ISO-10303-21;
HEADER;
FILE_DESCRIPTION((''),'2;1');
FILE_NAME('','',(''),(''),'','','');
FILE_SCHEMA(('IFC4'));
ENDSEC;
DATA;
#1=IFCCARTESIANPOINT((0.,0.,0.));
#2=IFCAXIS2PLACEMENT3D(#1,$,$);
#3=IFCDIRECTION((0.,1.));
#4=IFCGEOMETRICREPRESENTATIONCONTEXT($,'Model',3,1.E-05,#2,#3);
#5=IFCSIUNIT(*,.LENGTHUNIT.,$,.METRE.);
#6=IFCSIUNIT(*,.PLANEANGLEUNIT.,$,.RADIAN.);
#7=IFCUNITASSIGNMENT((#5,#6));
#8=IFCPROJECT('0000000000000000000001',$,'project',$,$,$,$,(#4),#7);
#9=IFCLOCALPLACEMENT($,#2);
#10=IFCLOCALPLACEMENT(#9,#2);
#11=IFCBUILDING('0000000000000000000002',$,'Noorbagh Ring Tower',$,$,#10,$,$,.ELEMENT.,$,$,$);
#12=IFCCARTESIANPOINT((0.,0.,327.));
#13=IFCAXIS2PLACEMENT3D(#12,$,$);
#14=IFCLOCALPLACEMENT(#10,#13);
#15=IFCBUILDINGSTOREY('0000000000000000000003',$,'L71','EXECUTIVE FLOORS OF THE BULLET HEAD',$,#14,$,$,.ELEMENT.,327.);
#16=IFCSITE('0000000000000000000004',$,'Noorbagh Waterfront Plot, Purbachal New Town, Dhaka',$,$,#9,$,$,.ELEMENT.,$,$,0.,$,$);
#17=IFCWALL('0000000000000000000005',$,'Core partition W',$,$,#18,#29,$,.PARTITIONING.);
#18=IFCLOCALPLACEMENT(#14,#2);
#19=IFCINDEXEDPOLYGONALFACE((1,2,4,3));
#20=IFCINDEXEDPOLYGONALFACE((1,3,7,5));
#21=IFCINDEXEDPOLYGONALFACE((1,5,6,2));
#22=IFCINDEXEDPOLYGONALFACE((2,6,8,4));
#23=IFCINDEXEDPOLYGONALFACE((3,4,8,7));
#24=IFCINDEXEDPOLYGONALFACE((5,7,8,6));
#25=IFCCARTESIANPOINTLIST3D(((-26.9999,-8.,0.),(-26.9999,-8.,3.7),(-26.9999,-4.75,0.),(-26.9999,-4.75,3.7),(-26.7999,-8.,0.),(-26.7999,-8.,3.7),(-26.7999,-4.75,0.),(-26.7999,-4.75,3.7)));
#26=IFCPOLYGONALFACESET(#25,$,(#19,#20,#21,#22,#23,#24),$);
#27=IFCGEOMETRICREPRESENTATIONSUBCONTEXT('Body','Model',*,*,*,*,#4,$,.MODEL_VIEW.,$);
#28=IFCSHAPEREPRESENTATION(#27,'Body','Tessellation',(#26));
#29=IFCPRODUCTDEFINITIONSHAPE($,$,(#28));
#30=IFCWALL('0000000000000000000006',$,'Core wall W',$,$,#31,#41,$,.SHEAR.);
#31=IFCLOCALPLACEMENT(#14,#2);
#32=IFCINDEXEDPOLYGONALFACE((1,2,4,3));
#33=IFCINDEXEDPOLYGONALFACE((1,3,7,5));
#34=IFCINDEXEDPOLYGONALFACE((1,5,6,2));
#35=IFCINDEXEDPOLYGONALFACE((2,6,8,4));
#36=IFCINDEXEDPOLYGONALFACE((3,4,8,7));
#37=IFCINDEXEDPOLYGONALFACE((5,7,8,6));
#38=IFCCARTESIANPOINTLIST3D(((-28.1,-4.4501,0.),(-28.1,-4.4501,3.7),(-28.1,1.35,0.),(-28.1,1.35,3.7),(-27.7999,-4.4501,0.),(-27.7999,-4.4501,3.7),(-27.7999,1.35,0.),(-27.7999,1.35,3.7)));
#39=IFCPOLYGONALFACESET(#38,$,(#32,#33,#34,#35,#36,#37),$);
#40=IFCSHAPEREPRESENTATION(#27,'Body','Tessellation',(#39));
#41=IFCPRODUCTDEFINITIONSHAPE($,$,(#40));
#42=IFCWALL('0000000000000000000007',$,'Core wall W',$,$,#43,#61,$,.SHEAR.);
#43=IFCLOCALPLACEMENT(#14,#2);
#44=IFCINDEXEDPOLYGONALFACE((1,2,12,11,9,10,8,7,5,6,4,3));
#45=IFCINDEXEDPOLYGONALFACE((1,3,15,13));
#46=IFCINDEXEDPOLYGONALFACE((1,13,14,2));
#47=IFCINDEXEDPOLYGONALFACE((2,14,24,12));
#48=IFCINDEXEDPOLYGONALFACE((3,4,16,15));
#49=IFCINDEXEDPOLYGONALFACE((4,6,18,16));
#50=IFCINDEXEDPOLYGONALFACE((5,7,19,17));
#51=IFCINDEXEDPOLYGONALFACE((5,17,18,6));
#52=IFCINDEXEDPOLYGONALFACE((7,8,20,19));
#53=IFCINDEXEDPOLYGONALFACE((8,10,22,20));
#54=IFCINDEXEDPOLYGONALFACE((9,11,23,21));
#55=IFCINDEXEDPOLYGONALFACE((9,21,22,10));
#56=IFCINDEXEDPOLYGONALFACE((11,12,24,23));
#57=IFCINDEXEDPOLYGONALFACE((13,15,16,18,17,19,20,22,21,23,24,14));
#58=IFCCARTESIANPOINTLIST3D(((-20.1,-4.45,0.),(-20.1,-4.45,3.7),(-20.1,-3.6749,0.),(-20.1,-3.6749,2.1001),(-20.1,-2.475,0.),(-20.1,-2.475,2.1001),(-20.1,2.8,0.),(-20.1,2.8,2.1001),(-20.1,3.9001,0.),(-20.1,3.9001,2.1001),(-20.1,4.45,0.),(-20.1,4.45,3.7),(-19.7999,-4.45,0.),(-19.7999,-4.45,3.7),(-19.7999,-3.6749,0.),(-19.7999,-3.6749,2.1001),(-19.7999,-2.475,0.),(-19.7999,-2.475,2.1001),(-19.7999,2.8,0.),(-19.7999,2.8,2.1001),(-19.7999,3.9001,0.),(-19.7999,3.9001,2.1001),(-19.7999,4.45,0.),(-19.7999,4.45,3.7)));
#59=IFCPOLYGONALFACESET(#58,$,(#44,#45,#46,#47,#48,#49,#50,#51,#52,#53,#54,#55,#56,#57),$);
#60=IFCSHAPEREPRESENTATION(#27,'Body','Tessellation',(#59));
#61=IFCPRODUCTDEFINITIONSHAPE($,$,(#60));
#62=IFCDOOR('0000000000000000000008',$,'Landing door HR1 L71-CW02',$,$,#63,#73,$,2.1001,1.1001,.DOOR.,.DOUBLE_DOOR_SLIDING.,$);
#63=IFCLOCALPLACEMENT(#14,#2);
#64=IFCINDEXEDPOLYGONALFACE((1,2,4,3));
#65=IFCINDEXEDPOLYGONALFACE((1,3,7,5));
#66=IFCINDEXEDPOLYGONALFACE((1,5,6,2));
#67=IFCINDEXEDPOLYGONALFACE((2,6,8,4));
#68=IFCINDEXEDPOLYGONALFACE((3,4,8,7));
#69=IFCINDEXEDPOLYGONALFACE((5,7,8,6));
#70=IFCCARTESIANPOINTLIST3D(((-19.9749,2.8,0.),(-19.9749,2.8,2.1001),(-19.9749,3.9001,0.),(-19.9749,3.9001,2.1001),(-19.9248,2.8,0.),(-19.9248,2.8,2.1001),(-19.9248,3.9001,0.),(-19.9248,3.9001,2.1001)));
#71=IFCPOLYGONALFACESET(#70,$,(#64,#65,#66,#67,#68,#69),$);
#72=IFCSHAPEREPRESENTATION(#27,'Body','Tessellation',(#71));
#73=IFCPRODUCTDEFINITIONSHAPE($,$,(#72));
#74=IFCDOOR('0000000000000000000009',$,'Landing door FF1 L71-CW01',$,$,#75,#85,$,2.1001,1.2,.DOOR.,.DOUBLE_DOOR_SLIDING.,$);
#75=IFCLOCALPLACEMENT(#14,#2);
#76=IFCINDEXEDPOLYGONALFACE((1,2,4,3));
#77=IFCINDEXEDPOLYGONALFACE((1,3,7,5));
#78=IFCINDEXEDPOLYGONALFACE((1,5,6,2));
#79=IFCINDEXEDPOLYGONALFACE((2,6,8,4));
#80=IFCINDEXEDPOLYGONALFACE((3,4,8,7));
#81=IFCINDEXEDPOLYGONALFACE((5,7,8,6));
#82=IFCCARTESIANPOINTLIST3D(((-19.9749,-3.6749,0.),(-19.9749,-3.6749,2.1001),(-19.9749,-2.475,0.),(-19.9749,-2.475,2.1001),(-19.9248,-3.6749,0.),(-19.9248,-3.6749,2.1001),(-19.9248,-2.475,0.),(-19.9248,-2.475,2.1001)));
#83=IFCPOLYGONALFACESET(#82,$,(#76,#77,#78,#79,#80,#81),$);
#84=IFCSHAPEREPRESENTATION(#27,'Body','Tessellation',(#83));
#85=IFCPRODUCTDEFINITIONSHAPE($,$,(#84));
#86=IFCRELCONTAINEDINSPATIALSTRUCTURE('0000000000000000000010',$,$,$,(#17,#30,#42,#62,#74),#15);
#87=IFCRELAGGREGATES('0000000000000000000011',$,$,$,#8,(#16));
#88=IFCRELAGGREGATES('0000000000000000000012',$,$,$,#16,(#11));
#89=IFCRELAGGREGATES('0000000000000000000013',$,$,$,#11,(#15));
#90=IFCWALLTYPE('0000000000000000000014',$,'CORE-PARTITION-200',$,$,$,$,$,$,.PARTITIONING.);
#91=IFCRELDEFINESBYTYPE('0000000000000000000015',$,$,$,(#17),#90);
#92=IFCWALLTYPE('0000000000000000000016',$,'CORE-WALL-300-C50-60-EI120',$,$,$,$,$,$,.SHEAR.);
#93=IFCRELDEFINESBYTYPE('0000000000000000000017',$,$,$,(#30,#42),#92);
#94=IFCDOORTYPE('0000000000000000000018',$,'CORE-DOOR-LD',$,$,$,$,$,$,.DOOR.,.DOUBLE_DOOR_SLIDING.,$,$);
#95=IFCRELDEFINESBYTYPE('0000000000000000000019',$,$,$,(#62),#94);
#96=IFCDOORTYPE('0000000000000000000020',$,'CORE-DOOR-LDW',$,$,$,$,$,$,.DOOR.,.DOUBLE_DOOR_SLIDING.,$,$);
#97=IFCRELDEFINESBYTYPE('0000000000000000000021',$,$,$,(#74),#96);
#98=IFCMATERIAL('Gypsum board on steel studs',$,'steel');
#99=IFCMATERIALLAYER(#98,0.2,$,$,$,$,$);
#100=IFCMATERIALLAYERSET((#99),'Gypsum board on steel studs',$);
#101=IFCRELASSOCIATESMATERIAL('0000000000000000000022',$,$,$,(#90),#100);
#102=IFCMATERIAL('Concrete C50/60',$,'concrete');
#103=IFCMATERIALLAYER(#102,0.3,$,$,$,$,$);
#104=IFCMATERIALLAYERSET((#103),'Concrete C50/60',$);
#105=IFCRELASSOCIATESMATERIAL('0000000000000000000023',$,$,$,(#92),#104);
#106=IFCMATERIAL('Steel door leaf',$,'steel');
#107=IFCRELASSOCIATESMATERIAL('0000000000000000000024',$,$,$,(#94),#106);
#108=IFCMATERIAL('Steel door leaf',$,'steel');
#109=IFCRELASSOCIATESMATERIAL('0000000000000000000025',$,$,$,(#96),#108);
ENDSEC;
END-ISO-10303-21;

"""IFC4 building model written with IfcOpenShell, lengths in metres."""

from ifc_helpers import new_model, si_unit, direction, frame, frame_2d, origin, place, context, subcontext, project, spatial, rectangle, extrude, material, layer, layer_set, type_object, element, fill, save


model = new_model("IFC4")

# Units and contexts
model_context = context("Model", 3, precision=1e-05, world=origin(), true_north=direction((0.0, 1.0)))
body_context = subcontext(model_context, "Body", "Model", "MODEL_VIEW")
ifc_project = project(units=[si_unit("LENGTHUNIT", "METRE"), si_unit("PLANEANGLEUNIT", "RADIAN")], contexts=[model_context])

# Site, building, storey
site_placement = place(None, origin())
site = spatial("IfcSite", under=ifc_project, at=site_placement, Name="Noorbagh Waterfront Plot, Purbachal New Town, Dhaka", CompositionType="ELEMENT", RefElevation=0.0)
building_placement = place(site_placement, origin())
building = spatial("IfcBuilding", under=site, at=building_placement, Name="Noorbagh Ring Tower", CompositionType="ELEMENT")
storey_placement = place(building_placement, frame((0.0, 0.0, 327.0)))
storey = spatial("IfcBuildingStorey", under=building, at=storey_placement, Name="L71", Description="EXECUTIVE FLOORS OF THE BULLET HEAD", CompositionType="ELEMENT", Elevation=327.0)

# Walls
ifc_material_1 = material(Name="Gypsum board on steel studs", Category="steel")
ifc_layer_1 = layer(ifc_material_1, 0.2)
ifc_layer_set_1 = layer_set([ifc_layer_1], Name="Gypsum board on steel studs")
wall_type_1 = type_object("IfcWallType", Name="CORE-PARTITION-200", PredefinedType="PARTITIONING", material=ifc_layer_set_1)
wall_1_placement = place(storey_placement, frame((-26.8999, -8.0, 0.0), z_axis=(0.0, 0.0, 1.0), x_axis=(0.0, 1.0, 0.0)))
element("IfcWall", 1, at=wall_1_placement, inside=storey, type_object=wall_type_1, Name="Core partition W", PredefinedType="PARTITIONING", context=body_context, shape_type="SweptSolid", body=[
    extrude(rectangle(XDim=3.25, YDim=0.2, at=frame_2d((1.625, 0.0))), origin(), (0.0, 0.0, 1.0), 3.7),
])
ifc_material_2 = material(Name="Concrete C50/60", Category="concrete")
ifc_layer_2 = layer(ifc_material_2, 0.3)
ifc_layer_set_2 = layer_set([ifc_layer_2], Name="Concrete C50/60")
wall_type_2 = type_object("IfcWallType", Name="CORE-WALL-300-C50-60-EI120", PredefinedType="SHEAR", material=ifc_layer_set_2)
wall_2_placement = place(storey_placement, frame((-27.95, -4.45, 0.0), z_axis=(0.0, 0.0, 1.0), x_axis=(0.0, 1.0, 0.0)))
element("IfcWall", 2, at=wall_2_placement, inside=storey, type_object=wall_type_2, Name="Core wall W", PredefinedType="SHEAR", context=body_context, shape_type="SweptSolid", body=[
    extrude(rectangle(XDim=5.8, YDim=0.3, at=frame_2d((2.8999, 0.0))), origin(), (0.0, 0.0, 1.0), 3.7),
])

# Wall, openings, doors
wall_3_placement = place(storey_placement, frame((-19.95, -4.45, 0.0), z_axis=(0.0, 0.0, 1.0), x_axis=(0.0, 1.0, 0.0)))
wall_3 = element("IfcWall", 3, at=wall_3_placement, inside=storey, type_object=wall_type_2, Name="Core wall W", PredefinedType="SHEAR", context=body_context, shape_type="SweptSolid", body=[
    extrude(rectangle(XDim=8.8999, YDim=0.3, at=frame_2d((4.45, 0.0))), origin(), (0.0, 0.0, 1.0), 3.7),
])
opening_1_placement = place(wall_3_placement, frame((0.7749, 0.0, 0.0)))
opening_1 = element("IfcOpeningElement", 4, at=opening_1_placement, cuts=wall_3, PredefinedType="OPENING", context=body_context, shape_type="SweptSolid", body=[
    extrude(rectangle(XDim=1.2, YDim=2.1001, at=frame_2d((0.6001, 1.05))), frame((0.0, 0.1602, 0.0), z_axis=(0.0, -1.0, 0.0), x_axis=(1.0, 0.0, 0.0)), (0.0, 0.0, 1.0), 0.3201),
])
opening_2_placement = place(wall_3_placement, frame((7.25, 0.0, 0.0)))
opening_2 = element("IfcOpeningElement", 5, at=opening_2_placement, cuts=wall_3, PredefinedType="OPENING", context=body_context, shape_type="SweptSolid", body=[
    extrude(rectangle(XDim=1.1001, YDim=2.1001, at=frame_2d((0.55, 1.05))), frame((0.0, 0.1602, 0.0), z_axis=(0.0, -1.0, 0.0), x_axis=(1.0, 0.0, 0.0)), (0.0, 0.0, 1.0), 0.3201),
])
ifc_material_3 = material(Name="Steel door leaf", Category="steel")
door_type_1 = type_object("IfcDoorType", Name="CORE-DOOR-LD", OperationType="DOUBLE_DOOR_SLIDING", PredefinedType="DOOR", material=ifc_material_3)
door_1_placement = place(opening_2_placement, origin())
door_1 = element("IfcDoor", 6, at=door_1_placement, inside=storey, type_object=door_type_1, Name="Landing door HR1 L71-CW02", OperationType="DOUBLE_DOOR_SLIDING", OverallHeight=2.1001, OverallWidth=1.1001, PredefinedType="DOOR", context=body_context, shape_type="SweptSolid", body=[
    extrude(rectangle(XDim=1.1001, YDim=2.1001, at=frame_2d((0.55, 1.05))), frame((0.0, 0.0249, 0.0), z_axis=(0.0, -1.0, 0.0), x_axis=(1.0, 0.0, 0.0)), (0.0, 0.0, 1.0), 0.05),
])
fill(opening_2, door_1)
ifc_material_4 = material(Name="Steel door leaf", Category="steel")
door_type_2 = type_object("IfcDoorType", Name="CORE-DOOR-LDW", OperationType="DOUBLE_DOOR_SLIDING", PredefinedType="DOOR", material=ifc_material_4)
door_2_placement = place(opening_1_placement, origin())
door_2 = element("IfcDoor", 7, at=door_2_placement, inside=storey, type_object=door_type_2, Name="Landing door FF1 L71-CW01", OperationType="DOUBLE_DOOR_SLIDING", OverallHeight=2.1001, OverallWidth=1.2, PredefinedType="DOOR", context=body_context, shape_type="SweptSolid", body=[
    extrude(rectangle(XDim=1.2, YDim=2.1001, at=frame_2d((0.6001, 1.05))), frame((0.0, 0.0249, 0.0), z_axis=(0.0, -1.0, 0.0), x_axis=(1.0, 0.0, 0.0)), (0.0, 0.0, 1.0), 0.05),
])
fill(opening_1, door_2)

save(model, "model.ifc")
